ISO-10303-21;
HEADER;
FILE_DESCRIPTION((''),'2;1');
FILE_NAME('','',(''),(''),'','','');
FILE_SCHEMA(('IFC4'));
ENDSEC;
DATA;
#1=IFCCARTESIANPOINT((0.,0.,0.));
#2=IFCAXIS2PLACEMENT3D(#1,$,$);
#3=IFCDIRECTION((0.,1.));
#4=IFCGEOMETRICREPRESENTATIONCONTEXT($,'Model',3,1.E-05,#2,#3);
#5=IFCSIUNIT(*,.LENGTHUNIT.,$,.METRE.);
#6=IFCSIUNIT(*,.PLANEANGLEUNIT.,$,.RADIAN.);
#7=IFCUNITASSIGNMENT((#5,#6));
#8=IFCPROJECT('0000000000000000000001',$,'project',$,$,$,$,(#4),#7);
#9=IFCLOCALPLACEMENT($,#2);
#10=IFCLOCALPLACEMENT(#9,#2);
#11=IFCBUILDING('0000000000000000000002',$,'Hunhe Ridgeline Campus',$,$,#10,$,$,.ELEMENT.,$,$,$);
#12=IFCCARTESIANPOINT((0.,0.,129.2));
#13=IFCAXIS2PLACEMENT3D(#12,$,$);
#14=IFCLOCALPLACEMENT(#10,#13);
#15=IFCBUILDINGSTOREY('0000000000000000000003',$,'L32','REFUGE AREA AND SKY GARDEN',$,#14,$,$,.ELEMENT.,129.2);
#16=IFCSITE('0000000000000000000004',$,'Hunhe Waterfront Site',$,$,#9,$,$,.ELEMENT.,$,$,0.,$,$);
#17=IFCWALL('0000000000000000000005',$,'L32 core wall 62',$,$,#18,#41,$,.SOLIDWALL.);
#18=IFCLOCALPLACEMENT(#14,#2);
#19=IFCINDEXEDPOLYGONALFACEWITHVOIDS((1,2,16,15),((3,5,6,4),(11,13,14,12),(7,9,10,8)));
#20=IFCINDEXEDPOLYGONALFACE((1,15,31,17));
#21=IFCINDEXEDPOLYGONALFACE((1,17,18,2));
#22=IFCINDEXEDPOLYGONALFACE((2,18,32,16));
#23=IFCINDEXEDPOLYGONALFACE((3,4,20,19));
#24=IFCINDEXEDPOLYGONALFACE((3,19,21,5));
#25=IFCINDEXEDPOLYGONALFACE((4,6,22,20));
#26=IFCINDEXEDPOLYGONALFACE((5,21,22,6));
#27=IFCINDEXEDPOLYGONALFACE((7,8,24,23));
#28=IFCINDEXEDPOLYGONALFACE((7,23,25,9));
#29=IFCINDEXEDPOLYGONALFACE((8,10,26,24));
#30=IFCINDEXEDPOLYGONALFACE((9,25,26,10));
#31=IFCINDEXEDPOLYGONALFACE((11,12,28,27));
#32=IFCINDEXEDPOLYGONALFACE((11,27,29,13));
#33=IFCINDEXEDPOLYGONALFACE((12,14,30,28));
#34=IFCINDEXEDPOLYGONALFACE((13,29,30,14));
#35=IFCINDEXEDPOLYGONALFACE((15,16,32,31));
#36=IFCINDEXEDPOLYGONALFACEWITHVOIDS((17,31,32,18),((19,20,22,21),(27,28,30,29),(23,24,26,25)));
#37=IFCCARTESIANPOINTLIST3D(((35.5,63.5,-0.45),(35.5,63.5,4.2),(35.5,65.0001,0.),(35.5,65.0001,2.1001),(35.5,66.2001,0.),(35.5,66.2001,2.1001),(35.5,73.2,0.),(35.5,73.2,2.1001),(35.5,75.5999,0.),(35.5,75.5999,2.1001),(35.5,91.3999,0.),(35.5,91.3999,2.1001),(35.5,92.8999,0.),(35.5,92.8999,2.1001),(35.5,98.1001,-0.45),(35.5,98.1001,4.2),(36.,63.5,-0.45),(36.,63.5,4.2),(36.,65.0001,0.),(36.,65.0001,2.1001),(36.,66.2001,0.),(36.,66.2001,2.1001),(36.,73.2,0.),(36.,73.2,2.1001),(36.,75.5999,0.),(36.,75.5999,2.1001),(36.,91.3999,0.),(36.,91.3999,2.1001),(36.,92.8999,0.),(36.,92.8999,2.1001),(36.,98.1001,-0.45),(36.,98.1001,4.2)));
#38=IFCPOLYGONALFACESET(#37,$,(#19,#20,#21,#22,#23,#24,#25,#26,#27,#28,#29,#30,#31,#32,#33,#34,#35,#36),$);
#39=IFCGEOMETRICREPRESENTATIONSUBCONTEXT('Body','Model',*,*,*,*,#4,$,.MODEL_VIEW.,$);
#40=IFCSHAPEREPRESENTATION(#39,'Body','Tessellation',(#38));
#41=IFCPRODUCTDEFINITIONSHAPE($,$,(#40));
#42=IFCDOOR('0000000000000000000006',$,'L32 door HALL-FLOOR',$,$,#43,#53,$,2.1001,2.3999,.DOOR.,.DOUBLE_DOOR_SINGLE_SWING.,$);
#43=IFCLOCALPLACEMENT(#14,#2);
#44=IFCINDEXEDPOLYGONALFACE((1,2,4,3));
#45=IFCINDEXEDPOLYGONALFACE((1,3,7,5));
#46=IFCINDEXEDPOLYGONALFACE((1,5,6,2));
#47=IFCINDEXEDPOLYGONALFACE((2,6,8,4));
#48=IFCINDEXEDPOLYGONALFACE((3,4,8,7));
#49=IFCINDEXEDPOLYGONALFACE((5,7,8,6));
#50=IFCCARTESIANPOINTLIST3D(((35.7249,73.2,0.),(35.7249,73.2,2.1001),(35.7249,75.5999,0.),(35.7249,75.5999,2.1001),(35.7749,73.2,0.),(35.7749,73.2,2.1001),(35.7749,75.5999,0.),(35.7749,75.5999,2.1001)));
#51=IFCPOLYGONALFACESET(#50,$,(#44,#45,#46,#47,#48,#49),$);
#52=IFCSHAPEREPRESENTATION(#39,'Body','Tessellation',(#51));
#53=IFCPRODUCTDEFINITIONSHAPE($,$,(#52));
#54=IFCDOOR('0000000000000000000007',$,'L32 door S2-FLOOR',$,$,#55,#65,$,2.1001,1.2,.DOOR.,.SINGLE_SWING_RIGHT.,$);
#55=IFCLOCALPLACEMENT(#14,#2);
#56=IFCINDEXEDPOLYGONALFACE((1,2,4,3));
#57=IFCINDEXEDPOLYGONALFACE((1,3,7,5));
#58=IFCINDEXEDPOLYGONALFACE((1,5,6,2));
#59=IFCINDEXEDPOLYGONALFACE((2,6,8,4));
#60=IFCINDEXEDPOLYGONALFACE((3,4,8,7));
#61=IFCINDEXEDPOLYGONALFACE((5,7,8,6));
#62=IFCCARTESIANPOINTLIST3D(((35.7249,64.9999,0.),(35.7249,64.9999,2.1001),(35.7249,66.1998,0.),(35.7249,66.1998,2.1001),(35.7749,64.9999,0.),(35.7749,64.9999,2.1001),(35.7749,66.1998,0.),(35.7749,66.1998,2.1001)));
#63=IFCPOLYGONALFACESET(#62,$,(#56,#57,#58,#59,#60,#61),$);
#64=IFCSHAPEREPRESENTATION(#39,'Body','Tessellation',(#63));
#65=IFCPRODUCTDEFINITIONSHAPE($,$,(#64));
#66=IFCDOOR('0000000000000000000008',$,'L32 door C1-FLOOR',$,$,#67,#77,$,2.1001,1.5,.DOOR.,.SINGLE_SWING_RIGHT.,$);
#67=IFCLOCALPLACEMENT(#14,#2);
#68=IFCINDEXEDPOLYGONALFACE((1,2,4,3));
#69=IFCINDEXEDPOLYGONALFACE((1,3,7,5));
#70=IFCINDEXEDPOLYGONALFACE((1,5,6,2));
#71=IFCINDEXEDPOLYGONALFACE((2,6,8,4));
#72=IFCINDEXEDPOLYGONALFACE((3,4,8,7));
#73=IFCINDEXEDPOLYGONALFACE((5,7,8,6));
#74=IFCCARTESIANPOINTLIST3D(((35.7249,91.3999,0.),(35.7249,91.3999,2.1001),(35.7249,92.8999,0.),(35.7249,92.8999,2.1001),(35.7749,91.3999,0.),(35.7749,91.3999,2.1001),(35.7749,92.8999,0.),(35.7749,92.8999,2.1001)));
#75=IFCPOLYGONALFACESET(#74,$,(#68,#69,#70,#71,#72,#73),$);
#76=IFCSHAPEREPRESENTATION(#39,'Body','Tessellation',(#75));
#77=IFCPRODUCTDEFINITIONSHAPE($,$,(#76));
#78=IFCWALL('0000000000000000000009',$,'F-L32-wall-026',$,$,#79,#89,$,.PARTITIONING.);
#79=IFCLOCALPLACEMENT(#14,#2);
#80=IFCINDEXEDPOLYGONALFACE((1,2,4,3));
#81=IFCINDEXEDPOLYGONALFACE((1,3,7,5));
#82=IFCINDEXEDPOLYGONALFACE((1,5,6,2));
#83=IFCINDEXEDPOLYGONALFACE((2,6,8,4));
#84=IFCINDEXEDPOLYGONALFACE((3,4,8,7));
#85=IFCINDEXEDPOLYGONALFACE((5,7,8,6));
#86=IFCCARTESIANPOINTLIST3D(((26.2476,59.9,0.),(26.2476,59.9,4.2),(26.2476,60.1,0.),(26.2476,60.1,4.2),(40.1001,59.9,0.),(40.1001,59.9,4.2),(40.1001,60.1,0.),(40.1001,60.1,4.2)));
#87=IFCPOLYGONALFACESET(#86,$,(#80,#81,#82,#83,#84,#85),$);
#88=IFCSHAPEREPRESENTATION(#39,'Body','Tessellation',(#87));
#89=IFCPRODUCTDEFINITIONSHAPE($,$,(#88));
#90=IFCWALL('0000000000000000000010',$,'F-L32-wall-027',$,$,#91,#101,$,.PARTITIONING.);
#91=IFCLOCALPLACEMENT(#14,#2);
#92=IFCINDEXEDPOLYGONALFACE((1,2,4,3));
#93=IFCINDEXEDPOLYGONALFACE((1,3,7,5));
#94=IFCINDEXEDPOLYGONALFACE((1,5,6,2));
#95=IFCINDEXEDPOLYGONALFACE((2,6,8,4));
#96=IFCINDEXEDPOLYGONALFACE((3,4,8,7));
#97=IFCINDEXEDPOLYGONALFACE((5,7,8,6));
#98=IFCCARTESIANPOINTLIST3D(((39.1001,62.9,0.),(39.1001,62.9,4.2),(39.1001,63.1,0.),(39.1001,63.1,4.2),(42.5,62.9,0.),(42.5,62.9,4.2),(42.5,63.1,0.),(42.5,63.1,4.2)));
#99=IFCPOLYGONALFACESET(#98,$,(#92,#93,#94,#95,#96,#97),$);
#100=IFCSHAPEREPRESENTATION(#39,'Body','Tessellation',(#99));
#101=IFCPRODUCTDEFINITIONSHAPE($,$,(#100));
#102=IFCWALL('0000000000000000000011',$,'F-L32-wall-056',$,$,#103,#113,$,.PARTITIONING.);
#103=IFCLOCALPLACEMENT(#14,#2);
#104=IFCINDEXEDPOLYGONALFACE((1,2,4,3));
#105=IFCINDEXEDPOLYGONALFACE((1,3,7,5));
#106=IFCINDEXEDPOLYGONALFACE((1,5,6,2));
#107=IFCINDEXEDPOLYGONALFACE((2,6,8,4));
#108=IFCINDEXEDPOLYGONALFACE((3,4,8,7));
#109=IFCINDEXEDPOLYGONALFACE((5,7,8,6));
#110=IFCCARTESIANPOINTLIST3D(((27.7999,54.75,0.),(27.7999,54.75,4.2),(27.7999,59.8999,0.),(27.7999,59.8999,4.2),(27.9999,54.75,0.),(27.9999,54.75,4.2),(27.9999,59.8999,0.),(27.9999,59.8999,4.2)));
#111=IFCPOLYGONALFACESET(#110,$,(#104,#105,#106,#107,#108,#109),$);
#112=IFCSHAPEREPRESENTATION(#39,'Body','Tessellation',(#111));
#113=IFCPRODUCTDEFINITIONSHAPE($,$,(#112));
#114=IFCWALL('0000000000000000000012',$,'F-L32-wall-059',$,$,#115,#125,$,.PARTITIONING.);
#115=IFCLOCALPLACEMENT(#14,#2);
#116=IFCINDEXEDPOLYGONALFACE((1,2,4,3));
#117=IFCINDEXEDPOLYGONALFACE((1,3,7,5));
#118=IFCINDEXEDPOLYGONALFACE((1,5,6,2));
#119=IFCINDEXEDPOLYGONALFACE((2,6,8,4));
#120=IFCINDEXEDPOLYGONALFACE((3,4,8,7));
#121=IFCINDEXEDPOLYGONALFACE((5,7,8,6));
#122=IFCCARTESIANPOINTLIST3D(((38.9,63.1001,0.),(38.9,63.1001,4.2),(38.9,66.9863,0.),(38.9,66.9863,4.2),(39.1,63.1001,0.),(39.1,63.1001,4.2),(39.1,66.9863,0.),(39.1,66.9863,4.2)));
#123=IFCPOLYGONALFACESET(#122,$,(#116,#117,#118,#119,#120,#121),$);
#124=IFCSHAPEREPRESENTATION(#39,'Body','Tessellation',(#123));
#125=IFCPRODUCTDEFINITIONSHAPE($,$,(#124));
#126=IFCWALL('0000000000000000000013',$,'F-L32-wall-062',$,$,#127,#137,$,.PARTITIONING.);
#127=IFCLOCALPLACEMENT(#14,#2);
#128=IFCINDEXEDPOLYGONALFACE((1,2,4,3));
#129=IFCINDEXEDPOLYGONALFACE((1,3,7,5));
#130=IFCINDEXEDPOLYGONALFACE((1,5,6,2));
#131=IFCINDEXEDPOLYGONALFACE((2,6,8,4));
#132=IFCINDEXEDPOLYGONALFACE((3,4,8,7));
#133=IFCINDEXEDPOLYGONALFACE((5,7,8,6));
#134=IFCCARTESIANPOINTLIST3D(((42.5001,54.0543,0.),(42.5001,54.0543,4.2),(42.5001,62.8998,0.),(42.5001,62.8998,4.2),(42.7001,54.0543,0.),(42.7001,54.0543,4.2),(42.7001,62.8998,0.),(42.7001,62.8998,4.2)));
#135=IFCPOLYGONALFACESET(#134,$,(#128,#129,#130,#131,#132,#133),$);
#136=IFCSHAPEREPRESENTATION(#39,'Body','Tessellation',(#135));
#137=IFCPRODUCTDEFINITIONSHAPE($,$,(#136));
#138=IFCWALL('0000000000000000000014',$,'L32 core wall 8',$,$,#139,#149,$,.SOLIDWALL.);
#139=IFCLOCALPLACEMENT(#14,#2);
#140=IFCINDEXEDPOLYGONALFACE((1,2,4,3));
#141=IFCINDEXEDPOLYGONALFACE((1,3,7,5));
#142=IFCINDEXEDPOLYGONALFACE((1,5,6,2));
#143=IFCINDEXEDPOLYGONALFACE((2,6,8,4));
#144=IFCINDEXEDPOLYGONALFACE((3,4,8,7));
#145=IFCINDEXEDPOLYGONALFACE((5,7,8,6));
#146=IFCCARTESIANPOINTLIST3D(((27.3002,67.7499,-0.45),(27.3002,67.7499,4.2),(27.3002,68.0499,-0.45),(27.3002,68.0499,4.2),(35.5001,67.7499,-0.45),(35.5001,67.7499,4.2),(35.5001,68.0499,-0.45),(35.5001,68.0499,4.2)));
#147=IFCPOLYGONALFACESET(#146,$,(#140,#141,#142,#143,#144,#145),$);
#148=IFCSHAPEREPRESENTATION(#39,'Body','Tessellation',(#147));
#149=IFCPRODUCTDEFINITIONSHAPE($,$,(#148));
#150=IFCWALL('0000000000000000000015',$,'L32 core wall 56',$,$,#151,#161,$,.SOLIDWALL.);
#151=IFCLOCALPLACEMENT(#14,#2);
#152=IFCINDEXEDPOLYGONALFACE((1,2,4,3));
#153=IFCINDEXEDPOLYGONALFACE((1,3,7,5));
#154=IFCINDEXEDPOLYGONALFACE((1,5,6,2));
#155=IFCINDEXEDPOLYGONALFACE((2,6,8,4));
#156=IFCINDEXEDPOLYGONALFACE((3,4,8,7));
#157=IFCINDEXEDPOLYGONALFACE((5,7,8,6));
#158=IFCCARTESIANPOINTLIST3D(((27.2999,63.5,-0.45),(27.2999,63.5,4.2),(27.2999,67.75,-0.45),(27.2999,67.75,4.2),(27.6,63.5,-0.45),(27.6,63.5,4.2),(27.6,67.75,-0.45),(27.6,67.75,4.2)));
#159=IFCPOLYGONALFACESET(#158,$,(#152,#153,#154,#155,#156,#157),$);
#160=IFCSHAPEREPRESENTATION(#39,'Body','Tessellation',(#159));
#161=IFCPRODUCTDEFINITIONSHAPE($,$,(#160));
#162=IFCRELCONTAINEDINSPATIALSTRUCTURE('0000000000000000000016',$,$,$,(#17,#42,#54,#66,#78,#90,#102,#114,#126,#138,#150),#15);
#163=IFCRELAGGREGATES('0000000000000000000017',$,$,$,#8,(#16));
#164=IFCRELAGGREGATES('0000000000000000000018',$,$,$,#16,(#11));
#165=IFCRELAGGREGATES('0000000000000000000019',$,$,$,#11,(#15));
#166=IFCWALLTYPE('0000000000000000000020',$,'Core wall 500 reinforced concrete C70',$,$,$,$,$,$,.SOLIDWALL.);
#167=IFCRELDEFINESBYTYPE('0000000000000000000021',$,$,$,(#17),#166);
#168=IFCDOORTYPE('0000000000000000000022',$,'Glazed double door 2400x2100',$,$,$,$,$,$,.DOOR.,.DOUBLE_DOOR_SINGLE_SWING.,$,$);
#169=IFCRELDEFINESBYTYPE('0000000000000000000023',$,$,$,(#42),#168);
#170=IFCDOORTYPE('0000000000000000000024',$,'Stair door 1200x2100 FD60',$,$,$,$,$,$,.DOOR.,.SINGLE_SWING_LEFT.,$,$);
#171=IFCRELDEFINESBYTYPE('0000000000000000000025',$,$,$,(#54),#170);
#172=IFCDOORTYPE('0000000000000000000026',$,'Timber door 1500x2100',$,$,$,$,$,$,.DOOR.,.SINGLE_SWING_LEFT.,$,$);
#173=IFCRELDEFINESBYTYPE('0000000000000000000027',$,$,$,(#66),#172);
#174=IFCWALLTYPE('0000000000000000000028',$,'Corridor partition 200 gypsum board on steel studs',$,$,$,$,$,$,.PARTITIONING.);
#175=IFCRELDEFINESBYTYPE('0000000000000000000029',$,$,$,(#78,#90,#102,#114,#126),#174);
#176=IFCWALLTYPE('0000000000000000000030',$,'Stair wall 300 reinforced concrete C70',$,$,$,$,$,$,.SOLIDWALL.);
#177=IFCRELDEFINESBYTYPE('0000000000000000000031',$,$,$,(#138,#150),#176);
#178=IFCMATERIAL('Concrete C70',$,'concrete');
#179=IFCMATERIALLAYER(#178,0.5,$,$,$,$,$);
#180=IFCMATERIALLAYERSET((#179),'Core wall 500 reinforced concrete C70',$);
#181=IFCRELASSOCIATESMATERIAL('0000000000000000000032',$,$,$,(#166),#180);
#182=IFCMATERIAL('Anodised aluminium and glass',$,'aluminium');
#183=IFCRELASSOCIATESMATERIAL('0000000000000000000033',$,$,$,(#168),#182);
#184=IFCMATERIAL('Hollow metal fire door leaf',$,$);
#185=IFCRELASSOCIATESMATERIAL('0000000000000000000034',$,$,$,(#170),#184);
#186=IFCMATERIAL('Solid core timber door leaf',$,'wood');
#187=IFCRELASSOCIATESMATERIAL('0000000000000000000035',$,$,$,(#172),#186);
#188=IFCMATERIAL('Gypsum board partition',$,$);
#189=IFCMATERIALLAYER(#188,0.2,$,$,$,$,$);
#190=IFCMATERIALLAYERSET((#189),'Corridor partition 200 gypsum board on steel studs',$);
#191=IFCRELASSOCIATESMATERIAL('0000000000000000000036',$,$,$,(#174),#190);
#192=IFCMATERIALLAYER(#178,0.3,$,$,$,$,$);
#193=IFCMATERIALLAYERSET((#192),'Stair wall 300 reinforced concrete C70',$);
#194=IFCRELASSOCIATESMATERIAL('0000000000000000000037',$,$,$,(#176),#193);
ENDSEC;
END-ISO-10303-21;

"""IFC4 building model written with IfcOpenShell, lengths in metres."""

from ifc_helpers import new_model, si_unit, direction, frame, frame_2d, origin, place, context, subcontext, project, spatial, rectangle, extrude, material, layer, layer_set, type_object, element, fill, save


model = new_model("IFC4")

# Units and contexts
model_context = context("Model", 3, precision=1e-05, world=origin(), true_north=direction((0.0, 1.0)))
body_context = subcontext(model_context, "Body", "Model", "MODEL_VIEW")
ifc_project = project(units=[si_unit("LENGTHUNIT", "METRE"), si_unit("PLANEANGLEUNIT", "RADIAN")], contexts=[model_context])

# Site, building, storey
site_placement = place(None, origin())
site = spatial("IfcSite", under=ifc_project, at=site_placement, Name="Hunhe Waterfront Site", CompositionType="ELEMENT", RefElevation=0.0)
building_placement = place(site_placement, origin())
building = spatial("IfcBuilding", under=site, at=building_placement, Name="Hunhe Ridgeline Campus", CompositionType="ELEMENT")
storey_placement = place(building_placement, frame((0.0, 0.0, 129.2)))
storey = spatial("IfcBuildingStorey", under=building, at=storey_placement, Name="L32", Description="REFUGE AREA AND SKY GARDEN", CompositionType="ELEMENT", Elevation=129.2)

# Wall, openings, doors
ifc_material_1 = material(Name="Concrete C70", Category="concrete")
ifc_layer_1 = layer(ifc_material_1, 0.5)
ifc_layer_set_1 = layer_set([ifc_layer_1], Name="Core wall 500 reinforced concrete C70")
wall_type_1 = type_object("IfcWallType", Name="Core wall 500 reinforced concrete C70", PredefinedType="SOLIDWALL", material=ifc_layer_set_1)
wall_1_placement = place(storey_placement, frame((35.75, 63.5, -0.45), z_axis=(0.0, 0.0, 1.0), x_axis=(0.0, 1.0, 0.0)))
wall_1 = element("IfcWall", 1, at=wall_1_placement, inside=storey, type_object=wall_type_1, Name="L32 core wall 62", PredefinedType="SOLIDWALL", context=body_context, shape_type="SweptSolid", body=[
    extrude(rectangle(XDim=34.6001, YDim=0.5, at=frame_2d((17.3, 0.0))), origin(), (0.0, 0.0, 1.0), 4.6499),
])
opening_1_placement = place(wall_1_placement, frame((9.7, 0.0, 0.45)))
opening_1 = element("IfcOpeningElement", 2, at=opening_1_placement, cuts=wall_1, PredefinedType="OPENING", context=body_context, shape_type="SweptSolid", body=[
    extrude(rectangle(XDim=2.3999, YDim=2.1001, at=frame_2d((1.2, 1.05))), frame((0.0, 0.25, 0.0), z_axis=(0.0, -1.0, 0.0), x_axis=(1.0, 0.0, 0.0)), (0.0, 0.0, 1.0), 0.5),
])
opening_2_placement = place(wall_1_placement, frame((27.8999, 0.0, 0.45)))
opening_2 = element("IfcOpeningElement", 3, at=opening_2_placement, cuts=wall_1, PredefinedType="OPENING", context=body_context, shape_type="SweptSolid", body=[
    extrude(rectangle(XDim=1.5, YDim=2.1001, at=frame_2d((0.75, 1.05))), frame((0.0, 0.25, 0.0), z_axis=(0.0, -1.0, 0.0), x_axis=(1.0, 0.0, 0.0)), (0.0, 0.0, 1.0), 0.5),
])
opening_3_placement = place(wall_1_placement, frame((1.5, 0.0, 0.45)))
opening_3 = element("IfcOpeningElement", 4, at=opening_3_placement, cuts=wall_1, PredefinedType="OPENING", context=body_context, shape_type="SweptSolid", body=[
    extrude(rectangle(XDim=1.2, YDim=2.1001, at=frame_2d((0.6001, 1.05))), frame((0.0, 0.25, 0.0), z_axis=(0.0, -1.0, 0.0), x_axis=(1.0, 0.0, 0.0)), (0.0, 0.0, 1.0), 0.5),
])
ifc_material_2 = material(Name="Anodised aluminium and glass", Category="aluminium")
door_type_1 = type_object("IfcDoorType", Name="Glazed double door 2400x2100", OperationType="DOUBLE_DOOR_SINGLE_SWING", PredefinedType="DOOR", material=ifc_material_2)
door_1_placement = place(opening_1_placement, frame((2.3999, 0.0, 0.0), z_axis=(0.0, 0.0, 1.0), x_axis=(-1.0, 0.0, 0.0)))
door_1 = element("IfcDoor", 5, at=door_1_placement, inside=storey, type_object=door_type_1, Name="L32 door HALL-FLOOR", OperationType="DOUBLE_DOOR_SINGLE_SWING", OverallHeight=2.1001, OverallWidth=2.3999, PredefinedType="DOOR", context=body_context, shape_type="SweptSolid", body=[
    extrude(rectangle(XDim=2.3999, YDim=2.1001, at=frame_2d((1.2, 1.05))), frame((0.0, 0.0249, 0.0), z_axis=(0.0, -1.0, 0.0), x_axis=(1.0, 0.0, 0.0)), (0.0, 0.0, 1.0), 0.05),
])
fill(opening_1, door_1)
ifc_material_3 = material(Name="Hollow metal fire door leaf")
door_type_2 = type_object("IfcDoorType", Name="Stair door 1200x2100 FD60", OperationType="SINGLE_SWING_LEFT", PredefinedType="DOOR", material=ifc_material_3)
door_2_placement = place(opening_3_placement, frame((1.2, 0.0, 0.0), z_axis=(0.0, 0.0, 1.0), x_axis=(-1.0, 0.0, 0.0)))
door_2 = element("IfcDoor", 6, at=door_2_placement, inside=storey, type_object=door_type_2, Name="L32 door S2-FLOOR", OperationType="SINGLE_SWING_RIGHT", OverallHeight=2.1001, OverallWidth=1.2, PredefinedType="DOOR", context=body_context, shape_type="SweptSolid", body=[
    extrude(rectangle(XDim=1.2, YDim=2.1001, at=frame_2d((0.6001, 1.05))), frame((0.0, 0.0249, 0.0), z_axis=(0.0, -1.0, 0.0), x_axis=(1.0, 0.0, 0.0)), (0.0, 0.0, 1.0), 0.05),
])
fill(opening_3, door_2)
ifc_material_4 = material(Name="Solid core timber door leaf", Category="wood")
door_type_3 = type_object("IfcDoorType", Name="Timber door 1500x2100", OperationType="SINGLE_SWING_LEFT", PredefinedType="DOOR", material=ifc_material_4)
door_3_placement = place(opening_2_placement, frame((1.5, 0.0, 0.0), z_axis=(0.0, 0.0, 1.0), x_axis=(-1.0, 0.0, 0.0)))
door_3 = element("IfcDoor", 7, at=door_3_placement, inside=storey, type_object=door_type_3, Name="L32 door C1-FLOOR", OperationType="SINGLE_SWING_RIGHT", OverallHeight=2.1001, OverallWidth=1.5, PredefinedType="DOOR", context=body_context, shape_type="SweptSolid", body=[
    extrude(rectangle(XDim=1.5, YDim=2.1001, at=frame_2d((0.75, 1.05))), frame((0.0, 0.0249, 0.0), z_axis=(0.0, -1.0, 0.0), x_axis=(1.0, 0.0, 0.0)), (0.0, 0.0, 1.0), 0.05),
])
fill(opening_2, door_3)

# Walls
ifc_material_5 = material(Name="Gypsum board partition")
ifc_layer_2 = layer(ifc_material_5, 0.2)
ifc_layer_set_2 = layer_set([ifc_layer_2], Name="Corridor partition 200 gypsum board on steel studs")
wall_type_2 = type_object("IfcWallType", Name="Corridor partition 200 gypsum board on steel studs", PredefinedType="PARTITIONING", material=ifc_layer_set_2)
wall_2_placement = place(storey_placement, frame((40.1001, 60.0, 0.0), z_axis=(0.0, 0.0, 1.0), x_axis=(-1.0, 0.0, 0.0)))
element("IfcWall", 8, at=wall_2_placement, inside=storey, type_object=wall_type_2, Name="F-L32-wall-026", PredefinedType="PARTITIONING", context=body_context, shape_type="SweptSolid", body=[
    extrude(rectangle(XDim=13.8525, YDim=0.2, at=frame_2d((6.9263, 0.0))), origin(), (0.0, 0.0, 1.0), 4.2),
])
wall_3_placement = place(storey_placement, frame((39.1001, 63.0, 0.0), z_axis=(0.0, 0.0, 1.0), x_axis=(1.0, 0.0, 0.0)))
element("IfcWall", 9, at=wall_3_placement, inside=storey, type_object=wall_type_2, Name="F-L32-wall-027", PredefinedType="PARTITIONING", context=body_context, shape_type="SweptSolid", body=[
    extrude(rectangle(XDim=3.3999, YDim=0.2, at=frame_2d((1.7, 0.0))), origin(), (0.0, 0.0, 1.0), 4.2),
])
wall_4_placement = place(storey_placement, frame((27.8999, 59.8999, 0.0), z_axis=(0.0, 0.0, 1.0), x_axis=(0.0, -1.0, 0.0)))
element("IfcWall", 10, at=wall_4_placement, inside=storey, type_object=wall_type_2, Name="F-L32-wall-056", PredefinedType="PARTITIONING", context=body_context, shape_type="SweptSolid", body=[
    extrude(rectangle(XDim=5.1499, YDim=0.2, at=frame_2d((2.575, 0.0))), origin(), (0.0, 0.0, 1.0), 4.2),
])
wall_5_placement = place(storey_placement, frame((39.0, 66.9863, 0.0), z_axis=(0.0, 0.0, 1.0), x_axis=(0.0, -1.0, 0.0)))
element("IfcWall", 11, at=wall_5_placement, inside=storey, type_object=wall_type_2, Name="F-L32-wall-059", PredefinedType="PARTITIONING", context=body_context, shape_type="SweptSolid", body=[
    extrude(rectangle(XDim=3.8862, YDim=0.2, at=frame_2d((1.9431, 0.0))), origin(), (0.0, 0.0, 1.0), 4.2),
])
wall_6_placement = place(storey_placement, frame((42.6001, 62.8999, 0.0), z_axis=(0.0, 0.0, 1.0), x_axis=(0.0, -1.0, 0.0)))
element("IfcWall", 12, at=wall_6_placement, inside=storey, type_object=wall_type_2, Name="F-L32-wall-062", PredefinedType="PARTITIONING", context=body_context, shape_type="SweptSolid", body=[
    extrude(rectangle(XDim=8.8455, YDim=0.2, at=frame_2d((4.4229, 0.0))), origin(), (0.0, 0.0, 1.0), 4.2),
])
ifc_layer_3 = layer(ifc_material_1, 0.3)
ifc_layer_set_3 = layer_set([ifc_layer_3], Name="Stair wall 300 reinforced concrete C70")
wall_type_3 = type_object("IfcWallType", Name="Stair wall 300 reinforced concrete C70", PredefinedType="SOLIDWALL", material=ifc_layer_set_3)
wall_7_placement = place(storey_placement, frame((27.3, 67.8999, -0.45), z_axis=(0.0, 0.0, 1.0), x_axis=(1.0, 0.0, 0.0)))
element("IfcWall", 13, at=wall_7_placement, inside=storey, type_object=wall_type_3, Name="L32 core wall 8", PredefinedType="SOLIDWALL", context=body_context, shape_type="SweptSolid", body=[
    extrude(rectangle(XDim=8.2, YDim=0.3, at=frame_2d((4.1001, 0.0))), origin(), (0.0, 0.0, 1.0), 4.6499),
])
wall_8_placement = place(storey_placement, frame((27.45, 63.5, -0.45), z_axis=(0.0, 0.0, 1.0), x_axis=(0.0, 1.0, 0.0)))
element("IfcWall", 14, at=wall_8_placement, inside=storey, type_object=wall_type_3, Name="L32 core wall 56", PredefinedType="SOLIDWALL", context=body_context, shape_type="SweptSolid", body=[
    extrude(rectangle(XDim=4.25, YDim=0.3, at=frame_2d((2.125, 0.0))), origin(), (0.0, 0.0, 1.0), 4.6499),
])

save(model, "model.ifc")
